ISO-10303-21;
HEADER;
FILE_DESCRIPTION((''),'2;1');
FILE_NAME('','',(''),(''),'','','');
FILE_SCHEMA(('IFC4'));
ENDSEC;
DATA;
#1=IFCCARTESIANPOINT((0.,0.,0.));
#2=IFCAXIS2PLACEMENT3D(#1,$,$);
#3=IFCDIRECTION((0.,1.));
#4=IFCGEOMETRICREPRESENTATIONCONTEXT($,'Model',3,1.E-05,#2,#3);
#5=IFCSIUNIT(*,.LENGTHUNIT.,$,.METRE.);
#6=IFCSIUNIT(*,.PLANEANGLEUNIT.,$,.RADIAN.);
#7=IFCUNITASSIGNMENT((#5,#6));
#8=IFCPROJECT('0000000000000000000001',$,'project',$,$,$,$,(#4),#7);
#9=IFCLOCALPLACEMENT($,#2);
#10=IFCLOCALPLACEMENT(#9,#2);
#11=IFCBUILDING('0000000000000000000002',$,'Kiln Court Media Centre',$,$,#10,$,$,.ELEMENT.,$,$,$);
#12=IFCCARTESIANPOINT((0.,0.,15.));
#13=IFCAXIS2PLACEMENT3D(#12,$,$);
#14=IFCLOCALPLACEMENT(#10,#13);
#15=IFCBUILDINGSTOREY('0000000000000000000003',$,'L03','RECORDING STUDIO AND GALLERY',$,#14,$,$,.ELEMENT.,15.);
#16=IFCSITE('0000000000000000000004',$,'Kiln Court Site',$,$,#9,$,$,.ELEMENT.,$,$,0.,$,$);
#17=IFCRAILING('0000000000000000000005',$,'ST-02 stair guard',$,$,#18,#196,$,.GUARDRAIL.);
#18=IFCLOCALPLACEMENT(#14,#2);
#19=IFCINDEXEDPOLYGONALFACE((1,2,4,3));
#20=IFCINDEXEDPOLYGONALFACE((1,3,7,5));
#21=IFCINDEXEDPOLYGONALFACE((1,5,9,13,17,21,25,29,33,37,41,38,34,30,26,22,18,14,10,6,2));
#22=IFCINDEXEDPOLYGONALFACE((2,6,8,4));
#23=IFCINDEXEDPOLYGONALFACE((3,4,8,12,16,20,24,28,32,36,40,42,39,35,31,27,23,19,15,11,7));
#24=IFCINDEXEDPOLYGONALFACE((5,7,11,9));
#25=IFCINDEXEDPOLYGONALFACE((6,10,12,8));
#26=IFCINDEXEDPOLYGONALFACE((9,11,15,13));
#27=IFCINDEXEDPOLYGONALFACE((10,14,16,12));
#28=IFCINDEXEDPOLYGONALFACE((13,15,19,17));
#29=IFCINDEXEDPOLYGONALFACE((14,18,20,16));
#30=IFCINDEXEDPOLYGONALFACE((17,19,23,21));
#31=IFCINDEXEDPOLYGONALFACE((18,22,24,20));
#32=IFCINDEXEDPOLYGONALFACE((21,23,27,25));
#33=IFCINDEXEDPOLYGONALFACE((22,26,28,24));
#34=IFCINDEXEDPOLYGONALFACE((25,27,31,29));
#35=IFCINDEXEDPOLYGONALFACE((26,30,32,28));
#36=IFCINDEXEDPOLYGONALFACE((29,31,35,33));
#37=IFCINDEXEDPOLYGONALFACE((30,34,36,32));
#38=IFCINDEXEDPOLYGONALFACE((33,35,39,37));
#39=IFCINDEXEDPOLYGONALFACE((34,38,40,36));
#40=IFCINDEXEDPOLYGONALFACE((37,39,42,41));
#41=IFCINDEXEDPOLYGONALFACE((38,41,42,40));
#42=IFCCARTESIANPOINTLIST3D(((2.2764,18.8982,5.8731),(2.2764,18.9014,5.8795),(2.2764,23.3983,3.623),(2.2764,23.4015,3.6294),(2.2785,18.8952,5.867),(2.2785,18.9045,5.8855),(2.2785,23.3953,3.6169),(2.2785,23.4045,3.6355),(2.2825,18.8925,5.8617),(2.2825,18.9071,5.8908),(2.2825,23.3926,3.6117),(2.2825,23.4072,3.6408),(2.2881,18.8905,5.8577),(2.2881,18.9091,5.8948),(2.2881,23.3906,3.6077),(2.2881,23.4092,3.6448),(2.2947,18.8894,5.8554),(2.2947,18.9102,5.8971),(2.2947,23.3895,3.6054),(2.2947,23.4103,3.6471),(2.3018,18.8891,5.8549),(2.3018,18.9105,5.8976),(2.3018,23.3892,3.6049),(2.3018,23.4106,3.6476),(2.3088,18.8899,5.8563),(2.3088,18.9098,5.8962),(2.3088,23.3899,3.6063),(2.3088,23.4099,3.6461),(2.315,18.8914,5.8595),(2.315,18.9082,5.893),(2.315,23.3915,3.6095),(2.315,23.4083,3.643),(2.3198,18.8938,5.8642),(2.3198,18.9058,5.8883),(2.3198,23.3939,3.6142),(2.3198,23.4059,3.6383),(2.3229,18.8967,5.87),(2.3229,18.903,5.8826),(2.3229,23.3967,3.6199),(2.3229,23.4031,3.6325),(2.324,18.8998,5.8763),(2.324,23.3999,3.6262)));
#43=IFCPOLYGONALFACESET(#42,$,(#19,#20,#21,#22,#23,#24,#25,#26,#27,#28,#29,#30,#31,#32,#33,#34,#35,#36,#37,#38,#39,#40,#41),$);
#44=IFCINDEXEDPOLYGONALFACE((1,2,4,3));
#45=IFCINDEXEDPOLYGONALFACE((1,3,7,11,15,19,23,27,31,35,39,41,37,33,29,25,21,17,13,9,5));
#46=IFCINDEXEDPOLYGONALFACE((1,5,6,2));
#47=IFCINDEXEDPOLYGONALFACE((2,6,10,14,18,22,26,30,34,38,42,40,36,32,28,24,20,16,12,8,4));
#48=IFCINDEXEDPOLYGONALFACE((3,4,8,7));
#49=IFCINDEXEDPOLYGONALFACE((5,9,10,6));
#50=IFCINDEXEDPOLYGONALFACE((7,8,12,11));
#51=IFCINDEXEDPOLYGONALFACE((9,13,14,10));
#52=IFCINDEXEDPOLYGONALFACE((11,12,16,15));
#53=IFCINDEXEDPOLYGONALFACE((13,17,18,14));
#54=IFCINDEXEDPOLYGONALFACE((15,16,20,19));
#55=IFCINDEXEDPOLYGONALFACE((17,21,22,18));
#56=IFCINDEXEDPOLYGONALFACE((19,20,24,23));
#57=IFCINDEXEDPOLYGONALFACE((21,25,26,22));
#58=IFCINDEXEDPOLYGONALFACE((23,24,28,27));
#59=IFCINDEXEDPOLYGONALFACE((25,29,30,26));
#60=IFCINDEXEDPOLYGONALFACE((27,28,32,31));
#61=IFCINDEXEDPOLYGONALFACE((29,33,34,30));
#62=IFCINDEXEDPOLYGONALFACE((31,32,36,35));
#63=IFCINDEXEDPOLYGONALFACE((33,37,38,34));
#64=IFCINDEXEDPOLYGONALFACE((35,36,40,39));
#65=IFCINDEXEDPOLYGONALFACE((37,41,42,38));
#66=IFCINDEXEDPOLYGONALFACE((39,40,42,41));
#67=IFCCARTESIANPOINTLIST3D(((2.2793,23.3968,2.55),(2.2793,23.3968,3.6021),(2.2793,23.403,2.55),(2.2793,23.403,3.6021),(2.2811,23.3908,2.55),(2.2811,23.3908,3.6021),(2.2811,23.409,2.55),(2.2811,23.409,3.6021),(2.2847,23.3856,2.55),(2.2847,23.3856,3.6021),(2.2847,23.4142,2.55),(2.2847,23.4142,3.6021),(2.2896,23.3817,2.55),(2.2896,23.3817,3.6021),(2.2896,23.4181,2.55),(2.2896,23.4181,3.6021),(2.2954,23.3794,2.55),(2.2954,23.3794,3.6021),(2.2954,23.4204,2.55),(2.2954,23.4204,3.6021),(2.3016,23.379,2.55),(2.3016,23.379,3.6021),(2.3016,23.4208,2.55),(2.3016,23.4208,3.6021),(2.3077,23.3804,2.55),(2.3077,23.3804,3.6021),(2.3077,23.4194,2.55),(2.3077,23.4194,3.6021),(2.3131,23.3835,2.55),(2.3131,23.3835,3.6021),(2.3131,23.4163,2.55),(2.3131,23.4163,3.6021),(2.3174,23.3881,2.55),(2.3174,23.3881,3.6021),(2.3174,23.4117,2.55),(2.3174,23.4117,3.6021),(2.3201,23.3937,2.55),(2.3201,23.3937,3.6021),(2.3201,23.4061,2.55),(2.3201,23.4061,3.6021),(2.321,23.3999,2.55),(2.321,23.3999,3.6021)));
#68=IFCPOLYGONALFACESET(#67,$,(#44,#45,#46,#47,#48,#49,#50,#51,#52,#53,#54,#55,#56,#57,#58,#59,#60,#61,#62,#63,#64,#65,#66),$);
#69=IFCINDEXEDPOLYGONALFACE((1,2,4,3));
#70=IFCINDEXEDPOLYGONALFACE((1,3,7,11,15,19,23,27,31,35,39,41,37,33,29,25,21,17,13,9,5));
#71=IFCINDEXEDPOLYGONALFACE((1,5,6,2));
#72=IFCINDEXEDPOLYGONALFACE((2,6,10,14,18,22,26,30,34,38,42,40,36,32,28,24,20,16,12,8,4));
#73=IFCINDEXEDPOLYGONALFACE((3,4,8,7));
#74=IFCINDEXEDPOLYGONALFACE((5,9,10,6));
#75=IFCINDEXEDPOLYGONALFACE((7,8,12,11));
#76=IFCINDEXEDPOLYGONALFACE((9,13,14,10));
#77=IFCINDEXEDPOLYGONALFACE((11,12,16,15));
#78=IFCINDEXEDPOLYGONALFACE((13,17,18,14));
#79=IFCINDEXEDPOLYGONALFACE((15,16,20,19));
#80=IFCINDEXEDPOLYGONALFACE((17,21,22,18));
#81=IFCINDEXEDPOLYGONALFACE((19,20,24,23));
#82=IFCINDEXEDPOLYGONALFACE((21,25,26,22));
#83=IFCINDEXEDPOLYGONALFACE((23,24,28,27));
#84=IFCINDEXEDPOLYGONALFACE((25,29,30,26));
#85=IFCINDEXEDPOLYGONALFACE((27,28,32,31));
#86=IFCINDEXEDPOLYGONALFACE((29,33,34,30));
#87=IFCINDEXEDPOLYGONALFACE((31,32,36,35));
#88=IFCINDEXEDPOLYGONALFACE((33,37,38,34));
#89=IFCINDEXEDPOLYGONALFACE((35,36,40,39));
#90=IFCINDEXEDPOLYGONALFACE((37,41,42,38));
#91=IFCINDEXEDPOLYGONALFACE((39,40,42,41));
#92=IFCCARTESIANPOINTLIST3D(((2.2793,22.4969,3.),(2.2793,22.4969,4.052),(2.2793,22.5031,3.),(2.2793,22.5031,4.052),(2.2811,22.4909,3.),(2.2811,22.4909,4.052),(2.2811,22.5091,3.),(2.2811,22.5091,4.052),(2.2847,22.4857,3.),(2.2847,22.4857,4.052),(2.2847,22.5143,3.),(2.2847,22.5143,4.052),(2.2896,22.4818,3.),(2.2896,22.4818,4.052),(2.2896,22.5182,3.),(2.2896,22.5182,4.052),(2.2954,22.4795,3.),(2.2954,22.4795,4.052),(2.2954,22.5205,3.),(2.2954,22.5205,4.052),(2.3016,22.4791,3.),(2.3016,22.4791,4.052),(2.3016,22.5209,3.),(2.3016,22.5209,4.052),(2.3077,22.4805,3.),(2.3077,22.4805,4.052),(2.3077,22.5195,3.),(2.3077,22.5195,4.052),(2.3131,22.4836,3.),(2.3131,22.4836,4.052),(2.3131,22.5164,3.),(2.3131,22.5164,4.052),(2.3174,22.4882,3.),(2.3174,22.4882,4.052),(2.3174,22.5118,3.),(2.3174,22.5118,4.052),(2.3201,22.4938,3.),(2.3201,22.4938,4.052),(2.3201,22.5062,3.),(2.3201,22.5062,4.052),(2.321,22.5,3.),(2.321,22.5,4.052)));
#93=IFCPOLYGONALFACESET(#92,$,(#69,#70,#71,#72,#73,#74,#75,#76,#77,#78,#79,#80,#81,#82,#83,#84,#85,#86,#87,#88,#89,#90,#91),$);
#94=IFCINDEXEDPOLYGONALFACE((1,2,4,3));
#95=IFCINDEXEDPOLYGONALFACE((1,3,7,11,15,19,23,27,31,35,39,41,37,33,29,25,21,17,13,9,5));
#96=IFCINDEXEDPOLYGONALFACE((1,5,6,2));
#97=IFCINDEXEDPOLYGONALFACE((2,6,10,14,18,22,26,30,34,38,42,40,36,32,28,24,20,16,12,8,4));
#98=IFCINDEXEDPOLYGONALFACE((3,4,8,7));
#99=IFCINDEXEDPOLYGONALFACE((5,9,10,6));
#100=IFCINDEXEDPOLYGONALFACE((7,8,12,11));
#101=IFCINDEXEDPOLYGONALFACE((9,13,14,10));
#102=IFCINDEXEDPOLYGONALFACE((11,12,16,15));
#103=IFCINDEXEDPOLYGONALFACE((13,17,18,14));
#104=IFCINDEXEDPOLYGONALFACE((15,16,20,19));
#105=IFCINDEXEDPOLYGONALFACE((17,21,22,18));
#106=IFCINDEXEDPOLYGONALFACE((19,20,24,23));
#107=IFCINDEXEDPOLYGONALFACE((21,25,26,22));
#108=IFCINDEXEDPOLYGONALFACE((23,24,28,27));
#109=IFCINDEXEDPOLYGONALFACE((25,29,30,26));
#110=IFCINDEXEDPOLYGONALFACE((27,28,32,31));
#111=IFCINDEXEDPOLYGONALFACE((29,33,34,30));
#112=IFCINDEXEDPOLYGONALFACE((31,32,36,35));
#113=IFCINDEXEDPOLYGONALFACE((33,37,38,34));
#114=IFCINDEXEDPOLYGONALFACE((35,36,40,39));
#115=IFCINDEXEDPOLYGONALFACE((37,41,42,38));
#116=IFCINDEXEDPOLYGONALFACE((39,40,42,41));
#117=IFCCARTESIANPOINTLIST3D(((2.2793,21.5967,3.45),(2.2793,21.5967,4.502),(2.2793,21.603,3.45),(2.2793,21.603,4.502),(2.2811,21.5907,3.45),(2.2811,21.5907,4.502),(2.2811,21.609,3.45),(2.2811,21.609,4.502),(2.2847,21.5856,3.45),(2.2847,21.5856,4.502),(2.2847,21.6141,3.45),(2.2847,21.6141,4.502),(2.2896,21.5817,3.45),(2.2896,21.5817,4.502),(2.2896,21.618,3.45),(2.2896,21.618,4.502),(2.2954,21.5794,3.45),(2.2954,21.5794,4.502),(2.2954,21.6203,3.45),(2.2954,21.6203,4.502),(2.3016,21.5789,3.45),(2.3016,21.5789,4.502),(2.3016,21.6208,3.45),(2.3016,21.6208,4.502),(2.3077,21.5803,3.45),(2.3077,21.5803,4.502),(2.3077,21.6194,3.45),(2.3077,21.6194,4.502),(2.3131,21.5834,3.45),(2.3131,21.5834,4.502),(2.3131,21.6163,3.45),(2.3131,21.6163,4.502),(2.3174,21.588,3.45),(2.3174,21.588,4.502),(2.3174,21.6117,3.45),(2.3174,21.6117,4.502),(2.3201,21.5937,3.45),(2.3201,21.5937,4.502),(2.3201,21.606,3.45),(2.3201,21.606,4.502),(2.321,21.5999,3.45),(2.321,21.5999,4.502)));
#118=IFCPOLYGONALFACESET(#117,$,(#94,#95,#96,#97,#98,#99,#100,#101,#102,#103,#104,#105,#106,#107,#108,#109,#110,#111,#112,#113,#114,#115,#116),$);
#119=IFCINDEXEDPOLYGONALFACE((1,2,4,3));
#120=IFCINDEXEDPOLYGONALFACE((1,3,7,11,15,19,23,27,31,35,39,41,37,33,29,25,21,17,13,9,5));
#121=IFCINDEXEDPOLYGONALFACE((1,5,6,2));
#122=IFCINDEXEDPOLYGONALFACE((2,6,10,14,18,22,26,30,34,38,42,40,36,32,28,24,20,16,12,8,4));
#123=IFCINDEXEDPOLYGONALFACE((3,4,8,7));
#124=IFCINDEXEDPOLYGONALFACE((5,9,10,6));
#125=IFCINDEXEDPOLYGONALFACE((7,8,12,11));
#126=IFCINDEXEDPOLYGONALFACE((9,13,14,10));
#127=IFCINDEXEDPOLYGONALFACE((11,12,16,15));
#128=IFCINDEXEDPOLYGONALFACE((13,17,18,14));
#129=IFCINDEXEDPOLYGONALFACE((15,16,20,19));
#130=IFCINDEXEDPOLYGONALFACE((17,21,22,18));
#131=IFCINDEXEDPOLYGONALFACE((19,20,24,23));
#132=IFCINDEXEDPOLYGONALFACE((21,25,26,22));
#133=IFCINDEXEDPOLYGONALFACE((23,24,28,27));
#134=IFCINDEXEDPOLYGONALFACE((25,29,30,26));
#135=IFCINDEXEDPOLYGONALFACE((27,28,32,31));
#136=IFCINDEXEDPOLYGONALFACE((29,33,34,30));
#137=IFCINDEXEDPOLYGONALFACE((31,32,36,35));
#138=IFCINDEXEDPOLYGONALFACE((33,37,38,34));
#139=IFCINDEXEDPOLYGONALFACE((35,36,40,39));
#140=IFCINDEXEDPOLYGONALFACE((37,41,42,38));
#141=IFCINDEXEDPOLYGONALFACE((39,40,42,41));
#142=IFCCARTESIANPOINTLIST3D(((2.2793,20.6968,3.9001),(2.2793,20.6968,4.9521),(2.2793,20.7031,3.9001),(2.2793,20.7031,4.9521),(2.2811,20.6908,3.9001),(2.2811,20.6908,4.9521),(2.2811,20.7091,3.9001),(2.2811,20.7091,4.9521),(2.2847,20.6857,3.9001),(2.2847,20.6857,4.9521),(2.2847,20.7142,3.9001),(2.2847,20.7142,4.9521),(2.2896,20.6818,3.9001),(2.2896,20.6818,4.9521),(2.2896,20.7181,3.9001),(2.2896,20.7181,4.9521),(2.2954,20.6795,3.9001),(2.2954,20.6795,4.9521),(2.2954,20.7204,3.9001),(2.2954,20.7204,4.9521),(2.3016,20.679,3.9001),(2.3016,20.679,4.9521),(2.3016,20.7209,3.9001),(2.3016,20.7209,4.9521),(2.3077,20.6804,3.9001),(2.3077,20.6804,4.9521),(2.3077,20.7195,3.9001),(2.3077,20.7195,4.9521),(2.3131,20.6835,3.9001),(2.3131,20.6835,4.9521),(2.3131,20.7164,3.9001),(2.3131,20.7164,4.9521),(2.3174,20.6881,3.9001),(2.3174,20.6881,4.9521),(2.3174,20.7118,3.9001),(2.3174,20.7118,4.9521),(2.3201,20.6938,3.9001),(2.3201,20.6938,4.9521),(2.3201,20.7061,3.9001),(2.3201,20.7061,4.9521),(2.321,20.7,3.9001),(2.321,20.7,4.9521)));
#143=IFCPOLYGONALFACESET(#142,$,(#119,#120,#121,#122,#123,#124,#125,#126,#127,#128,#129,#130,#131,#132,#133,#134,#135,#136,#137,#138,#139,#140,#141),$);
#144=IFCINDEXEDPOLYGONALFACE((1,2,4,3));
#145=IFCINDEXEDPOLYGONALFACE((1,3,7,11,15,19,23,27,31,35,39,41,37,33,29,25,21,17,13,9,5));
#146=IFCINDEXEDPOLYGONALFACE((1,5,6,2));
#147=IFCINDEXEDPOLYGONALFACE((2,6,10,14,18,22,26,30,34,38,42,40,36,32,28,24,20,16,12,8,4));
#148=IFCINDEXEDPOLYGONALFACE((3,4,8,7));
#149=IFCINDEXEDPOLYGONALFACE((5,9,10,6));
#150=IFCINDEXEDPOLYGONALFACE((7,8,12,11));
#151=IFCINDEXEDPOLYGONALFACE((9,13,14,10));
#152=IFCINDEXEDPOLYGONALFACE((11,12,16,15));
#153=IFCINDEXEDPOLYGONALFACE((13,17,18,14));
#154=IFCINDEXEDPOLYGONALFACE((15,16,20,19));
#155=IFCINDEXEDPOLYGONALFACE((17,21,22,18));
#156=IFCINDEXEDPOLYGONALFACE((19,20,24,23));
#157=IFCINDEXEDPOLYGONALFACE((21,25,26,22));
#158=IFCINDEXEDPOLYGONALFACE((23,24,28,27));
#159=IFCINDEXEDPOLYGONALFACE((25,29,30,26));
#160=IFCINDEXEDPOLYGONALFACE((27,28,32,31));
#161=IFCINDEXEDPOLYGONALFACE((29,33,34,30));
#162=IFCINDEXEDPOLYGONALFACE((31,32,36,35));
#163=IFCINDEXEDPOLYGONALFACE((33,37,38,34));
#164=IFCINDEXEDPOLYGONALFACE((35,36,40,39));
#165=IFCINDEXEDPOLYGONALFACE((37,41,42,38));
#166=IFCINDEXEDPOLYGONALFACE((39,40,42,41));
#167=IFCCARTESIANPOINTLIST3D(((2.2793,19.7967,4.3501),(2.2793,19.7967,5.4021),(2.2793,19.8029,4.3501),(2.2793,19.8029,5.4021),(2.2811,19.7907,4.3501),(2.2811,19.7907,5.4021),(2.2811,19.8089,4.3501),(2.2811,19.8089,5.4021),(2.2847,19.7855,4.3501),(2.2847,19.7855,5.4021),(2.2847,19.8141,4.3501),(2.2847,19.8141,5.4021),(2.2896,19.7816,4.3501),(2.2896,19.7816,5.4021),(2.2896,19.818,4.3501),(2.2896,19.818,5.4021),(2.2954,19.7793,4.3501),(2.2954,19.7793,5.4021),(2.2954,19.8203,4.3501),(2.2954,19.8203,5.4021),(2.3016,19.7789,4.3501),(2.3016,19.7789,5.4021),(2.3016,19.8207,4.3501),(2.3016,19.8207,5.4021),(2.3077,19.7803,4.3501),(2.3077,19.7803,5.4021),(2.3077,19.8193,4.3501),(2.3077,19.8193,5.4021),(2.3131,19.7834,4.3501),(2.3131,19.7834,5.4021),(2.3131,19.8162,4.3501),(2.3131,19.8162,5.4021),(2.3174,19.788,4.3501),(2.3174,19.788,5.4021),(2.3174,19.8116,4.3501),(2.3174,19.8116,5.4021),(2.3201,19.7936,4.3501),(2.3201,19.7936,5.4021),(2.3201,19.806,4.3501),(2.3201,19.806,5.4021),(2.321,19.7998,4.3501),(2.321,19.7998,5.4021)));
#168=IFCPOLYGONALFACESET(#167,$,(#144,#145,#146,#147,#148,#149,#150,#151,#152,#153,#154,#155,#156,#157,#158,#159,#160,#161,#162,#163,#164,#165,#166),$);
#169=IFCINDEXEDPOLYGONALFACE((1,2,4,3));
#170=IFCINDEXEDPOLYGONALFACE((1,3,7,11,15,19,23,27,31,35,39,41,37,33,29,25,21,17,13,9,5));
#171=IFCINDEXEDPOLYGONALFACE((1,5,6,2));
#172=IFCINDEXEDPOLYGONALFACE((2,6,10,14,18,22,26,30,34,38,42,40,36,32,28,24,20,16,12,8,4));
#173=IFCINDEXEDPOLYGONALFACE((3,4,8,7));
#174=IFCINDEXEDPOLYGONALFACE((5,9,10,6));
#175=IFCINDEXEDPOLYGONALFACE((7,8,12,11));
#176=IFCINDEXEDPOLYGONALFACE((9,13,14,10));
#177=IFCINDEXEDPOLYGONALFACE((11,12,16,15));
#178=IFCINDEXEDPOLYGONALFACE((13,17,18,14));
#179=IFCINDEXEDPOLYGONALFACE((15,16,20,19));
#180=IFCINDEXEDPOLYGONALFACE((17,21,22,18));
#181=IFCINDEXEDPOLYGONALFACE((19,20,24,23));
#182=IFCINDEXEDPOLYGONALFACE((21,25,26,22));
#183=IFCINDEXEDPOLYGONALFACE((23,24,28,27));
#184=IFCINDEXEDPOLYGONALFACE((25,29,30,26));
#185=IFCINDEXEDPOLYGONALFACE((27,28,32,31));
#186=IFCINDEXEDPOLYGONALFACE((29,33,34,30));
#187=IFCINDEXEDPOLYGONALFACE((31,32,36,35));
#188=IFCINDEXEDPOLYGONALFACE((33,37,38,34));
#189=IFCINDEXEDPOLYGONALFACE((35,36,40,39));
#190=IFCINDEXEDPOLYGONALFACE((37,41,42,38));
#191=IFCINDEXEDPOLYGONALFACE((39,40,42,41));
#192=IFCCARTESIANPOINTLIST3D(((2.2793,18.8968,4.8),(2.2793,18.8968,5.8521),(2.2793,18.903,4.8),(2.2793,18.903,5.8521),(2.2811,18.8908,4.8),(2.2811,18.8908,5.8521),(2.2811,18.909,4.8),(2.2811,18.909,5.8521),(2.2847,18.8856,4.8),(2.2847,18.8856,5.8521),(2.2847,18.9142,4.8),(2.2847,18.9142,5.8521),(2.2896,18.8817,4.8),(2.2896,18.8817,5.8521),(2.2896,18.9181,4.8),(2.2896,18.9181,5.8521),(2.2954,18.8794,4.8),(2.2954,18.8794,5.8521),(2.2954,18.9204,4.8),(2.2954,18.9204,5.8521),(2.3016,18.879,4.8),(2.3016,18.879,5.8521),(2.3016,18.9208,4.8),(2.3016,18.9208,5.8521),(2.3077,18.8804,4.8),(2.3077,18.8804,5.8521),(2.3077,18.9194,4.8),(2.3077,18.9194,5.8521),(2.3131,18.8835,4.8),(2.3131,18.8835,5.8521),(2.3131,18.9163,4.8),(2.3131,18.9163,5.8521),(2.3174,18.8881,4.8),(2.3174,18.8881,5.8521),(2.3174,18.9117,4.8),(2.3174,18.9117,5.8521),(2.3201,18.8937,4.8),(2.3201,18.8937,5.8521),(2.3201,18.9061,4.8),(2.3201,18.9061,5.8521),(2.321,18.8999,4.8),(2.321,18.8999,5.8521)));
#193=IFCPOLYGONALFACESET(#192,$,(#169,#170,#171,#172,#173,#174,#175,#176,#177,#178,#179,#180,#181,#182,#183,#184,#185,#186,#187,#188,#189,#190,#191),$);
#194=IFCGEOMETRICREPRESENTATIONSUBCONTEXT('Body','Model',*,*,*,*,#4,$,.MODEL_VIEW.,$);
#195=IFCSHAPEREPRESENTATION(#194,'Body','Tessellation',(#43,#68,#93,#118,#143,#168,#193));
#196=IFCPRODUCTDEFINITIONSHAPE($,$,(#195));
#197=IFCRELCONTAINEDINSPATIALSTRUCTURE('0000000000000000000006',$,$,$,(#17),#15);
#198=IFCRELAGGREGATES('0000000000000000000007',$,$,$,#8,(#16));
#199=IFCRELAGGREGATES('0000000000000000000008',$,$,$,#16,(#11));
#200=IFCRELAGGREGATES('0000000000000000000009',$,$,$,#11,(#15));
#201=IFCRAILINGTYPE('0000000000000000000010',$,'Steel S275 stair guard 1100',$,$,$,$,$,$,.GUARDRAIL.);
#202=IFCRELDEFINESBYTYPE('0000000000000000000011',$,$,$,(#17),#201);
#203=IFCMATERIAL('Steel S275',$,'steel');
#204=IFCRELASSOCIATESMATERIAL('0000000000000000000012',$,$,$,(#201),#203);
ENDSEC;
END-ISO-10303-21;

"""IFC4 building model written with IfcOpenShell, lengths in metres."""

from ifc_helpers import new_model, si_unit, direction, frame, origin, origin_2d, place, context, subcontext, project, spatial, circle, extrude, material, type_object, element, save


model = new_model("IFC4")

# Units and contexts
model_context = context("Model", 3, precision=1e-05, world=origin(), true_north=direction((0.0, 1.0)))
body_context = subcontext(model_context, "Body", "Model", "MODEL_VIEW")
ifc_project = project(units=[si_unit("LENGTHUNIT", "METRE"), si_unit("PLANEANGLEUNIT", "RADIAN")], contexts=[model_context])

# Site, building, storey
site_placement = place(None, origin())
site = spatial("IfcSite", under=ifc_project, at=site_placement, Name="Kiln Court Site", CompositionType="ELEMENT", RefElevation=0.0)
building_placement = place(site_placement, origin())
building = spatial("IfcBuilding", under=site, at=building_placement, Name="Kiln Court Media Centre", CompositionType="ELEMENT")
storey_placement = place(building_placement, frame((0.0, 0.0, 15.0)))
storey = spatial("IfcBuildingStorey", under=building, at=storey_placement, Name="L03", Description="RECORDING STUDIO AND GALLERY", CompositionType="ELEMENT", Elevation=15.0)

# Railing
ifc_material_1 = material(Name="Steel S275", Category="steel")
railing_type_1 = type_object("IfcRailingType", Name="Steel S275 stair guard 1100", PredefinedType="GUARDRAIL", material=ifc_material_1)
railing_1_placement = place(storey_placement, frame((2.3, 23.3999, 2.55)))
element("IfcRailing", 1, at=railing_1_placement, inside=storey, type_object=railing_type_1, Name="ST-02 stair guard", PredefinedType="GUARDRAIL", context=body_context, shape_type="SweptSolid", body=[
    extrude(circle(Radius=0.0239, at=origin_2d()), frame((0.0, 0.0, 1.0762), z_axis=(0.0, -0.894427, 0.447214), x_axis=(1.0, 0.0, 0.0)), (0.0, 0.0, 1.0), 5.0312),
    extrude(circle(Radius=0.021, at=origin_2d()), origin(), (0.0, 0.0, 1.0), 1.052),
    extrude(circle(Radius=0.021, at=origin_2d()), frame((0.0, -0.8999, 0.45)), (0.0, 0.0, 1.0), 1.052),
    extrude(circle(Radius=0.021, at=origin_2d()), frame((0.0, -1.8, 0.8999)), (0.0, 0.0, 1.0), 1.052),
    extrude(circle(Radius=0.021, at=origin_2d()), frame((0.0, -2.7, 1.3501)), (0.0, 0.0, 1.0), 1.052),
    extrude(circle(Radius=0.021, at=origin_2d()), frame((0.0, -3.6001, 1.8)), (0.0, 0.0, 1.0), 1.052),
    extrude(circle(Radius=0.021, at=origin_2d()), frame((0.0, -4.5, 2.25)), (0.0, 0.0, 1.0), 1.052),
])

save(model, "model.ifc")
